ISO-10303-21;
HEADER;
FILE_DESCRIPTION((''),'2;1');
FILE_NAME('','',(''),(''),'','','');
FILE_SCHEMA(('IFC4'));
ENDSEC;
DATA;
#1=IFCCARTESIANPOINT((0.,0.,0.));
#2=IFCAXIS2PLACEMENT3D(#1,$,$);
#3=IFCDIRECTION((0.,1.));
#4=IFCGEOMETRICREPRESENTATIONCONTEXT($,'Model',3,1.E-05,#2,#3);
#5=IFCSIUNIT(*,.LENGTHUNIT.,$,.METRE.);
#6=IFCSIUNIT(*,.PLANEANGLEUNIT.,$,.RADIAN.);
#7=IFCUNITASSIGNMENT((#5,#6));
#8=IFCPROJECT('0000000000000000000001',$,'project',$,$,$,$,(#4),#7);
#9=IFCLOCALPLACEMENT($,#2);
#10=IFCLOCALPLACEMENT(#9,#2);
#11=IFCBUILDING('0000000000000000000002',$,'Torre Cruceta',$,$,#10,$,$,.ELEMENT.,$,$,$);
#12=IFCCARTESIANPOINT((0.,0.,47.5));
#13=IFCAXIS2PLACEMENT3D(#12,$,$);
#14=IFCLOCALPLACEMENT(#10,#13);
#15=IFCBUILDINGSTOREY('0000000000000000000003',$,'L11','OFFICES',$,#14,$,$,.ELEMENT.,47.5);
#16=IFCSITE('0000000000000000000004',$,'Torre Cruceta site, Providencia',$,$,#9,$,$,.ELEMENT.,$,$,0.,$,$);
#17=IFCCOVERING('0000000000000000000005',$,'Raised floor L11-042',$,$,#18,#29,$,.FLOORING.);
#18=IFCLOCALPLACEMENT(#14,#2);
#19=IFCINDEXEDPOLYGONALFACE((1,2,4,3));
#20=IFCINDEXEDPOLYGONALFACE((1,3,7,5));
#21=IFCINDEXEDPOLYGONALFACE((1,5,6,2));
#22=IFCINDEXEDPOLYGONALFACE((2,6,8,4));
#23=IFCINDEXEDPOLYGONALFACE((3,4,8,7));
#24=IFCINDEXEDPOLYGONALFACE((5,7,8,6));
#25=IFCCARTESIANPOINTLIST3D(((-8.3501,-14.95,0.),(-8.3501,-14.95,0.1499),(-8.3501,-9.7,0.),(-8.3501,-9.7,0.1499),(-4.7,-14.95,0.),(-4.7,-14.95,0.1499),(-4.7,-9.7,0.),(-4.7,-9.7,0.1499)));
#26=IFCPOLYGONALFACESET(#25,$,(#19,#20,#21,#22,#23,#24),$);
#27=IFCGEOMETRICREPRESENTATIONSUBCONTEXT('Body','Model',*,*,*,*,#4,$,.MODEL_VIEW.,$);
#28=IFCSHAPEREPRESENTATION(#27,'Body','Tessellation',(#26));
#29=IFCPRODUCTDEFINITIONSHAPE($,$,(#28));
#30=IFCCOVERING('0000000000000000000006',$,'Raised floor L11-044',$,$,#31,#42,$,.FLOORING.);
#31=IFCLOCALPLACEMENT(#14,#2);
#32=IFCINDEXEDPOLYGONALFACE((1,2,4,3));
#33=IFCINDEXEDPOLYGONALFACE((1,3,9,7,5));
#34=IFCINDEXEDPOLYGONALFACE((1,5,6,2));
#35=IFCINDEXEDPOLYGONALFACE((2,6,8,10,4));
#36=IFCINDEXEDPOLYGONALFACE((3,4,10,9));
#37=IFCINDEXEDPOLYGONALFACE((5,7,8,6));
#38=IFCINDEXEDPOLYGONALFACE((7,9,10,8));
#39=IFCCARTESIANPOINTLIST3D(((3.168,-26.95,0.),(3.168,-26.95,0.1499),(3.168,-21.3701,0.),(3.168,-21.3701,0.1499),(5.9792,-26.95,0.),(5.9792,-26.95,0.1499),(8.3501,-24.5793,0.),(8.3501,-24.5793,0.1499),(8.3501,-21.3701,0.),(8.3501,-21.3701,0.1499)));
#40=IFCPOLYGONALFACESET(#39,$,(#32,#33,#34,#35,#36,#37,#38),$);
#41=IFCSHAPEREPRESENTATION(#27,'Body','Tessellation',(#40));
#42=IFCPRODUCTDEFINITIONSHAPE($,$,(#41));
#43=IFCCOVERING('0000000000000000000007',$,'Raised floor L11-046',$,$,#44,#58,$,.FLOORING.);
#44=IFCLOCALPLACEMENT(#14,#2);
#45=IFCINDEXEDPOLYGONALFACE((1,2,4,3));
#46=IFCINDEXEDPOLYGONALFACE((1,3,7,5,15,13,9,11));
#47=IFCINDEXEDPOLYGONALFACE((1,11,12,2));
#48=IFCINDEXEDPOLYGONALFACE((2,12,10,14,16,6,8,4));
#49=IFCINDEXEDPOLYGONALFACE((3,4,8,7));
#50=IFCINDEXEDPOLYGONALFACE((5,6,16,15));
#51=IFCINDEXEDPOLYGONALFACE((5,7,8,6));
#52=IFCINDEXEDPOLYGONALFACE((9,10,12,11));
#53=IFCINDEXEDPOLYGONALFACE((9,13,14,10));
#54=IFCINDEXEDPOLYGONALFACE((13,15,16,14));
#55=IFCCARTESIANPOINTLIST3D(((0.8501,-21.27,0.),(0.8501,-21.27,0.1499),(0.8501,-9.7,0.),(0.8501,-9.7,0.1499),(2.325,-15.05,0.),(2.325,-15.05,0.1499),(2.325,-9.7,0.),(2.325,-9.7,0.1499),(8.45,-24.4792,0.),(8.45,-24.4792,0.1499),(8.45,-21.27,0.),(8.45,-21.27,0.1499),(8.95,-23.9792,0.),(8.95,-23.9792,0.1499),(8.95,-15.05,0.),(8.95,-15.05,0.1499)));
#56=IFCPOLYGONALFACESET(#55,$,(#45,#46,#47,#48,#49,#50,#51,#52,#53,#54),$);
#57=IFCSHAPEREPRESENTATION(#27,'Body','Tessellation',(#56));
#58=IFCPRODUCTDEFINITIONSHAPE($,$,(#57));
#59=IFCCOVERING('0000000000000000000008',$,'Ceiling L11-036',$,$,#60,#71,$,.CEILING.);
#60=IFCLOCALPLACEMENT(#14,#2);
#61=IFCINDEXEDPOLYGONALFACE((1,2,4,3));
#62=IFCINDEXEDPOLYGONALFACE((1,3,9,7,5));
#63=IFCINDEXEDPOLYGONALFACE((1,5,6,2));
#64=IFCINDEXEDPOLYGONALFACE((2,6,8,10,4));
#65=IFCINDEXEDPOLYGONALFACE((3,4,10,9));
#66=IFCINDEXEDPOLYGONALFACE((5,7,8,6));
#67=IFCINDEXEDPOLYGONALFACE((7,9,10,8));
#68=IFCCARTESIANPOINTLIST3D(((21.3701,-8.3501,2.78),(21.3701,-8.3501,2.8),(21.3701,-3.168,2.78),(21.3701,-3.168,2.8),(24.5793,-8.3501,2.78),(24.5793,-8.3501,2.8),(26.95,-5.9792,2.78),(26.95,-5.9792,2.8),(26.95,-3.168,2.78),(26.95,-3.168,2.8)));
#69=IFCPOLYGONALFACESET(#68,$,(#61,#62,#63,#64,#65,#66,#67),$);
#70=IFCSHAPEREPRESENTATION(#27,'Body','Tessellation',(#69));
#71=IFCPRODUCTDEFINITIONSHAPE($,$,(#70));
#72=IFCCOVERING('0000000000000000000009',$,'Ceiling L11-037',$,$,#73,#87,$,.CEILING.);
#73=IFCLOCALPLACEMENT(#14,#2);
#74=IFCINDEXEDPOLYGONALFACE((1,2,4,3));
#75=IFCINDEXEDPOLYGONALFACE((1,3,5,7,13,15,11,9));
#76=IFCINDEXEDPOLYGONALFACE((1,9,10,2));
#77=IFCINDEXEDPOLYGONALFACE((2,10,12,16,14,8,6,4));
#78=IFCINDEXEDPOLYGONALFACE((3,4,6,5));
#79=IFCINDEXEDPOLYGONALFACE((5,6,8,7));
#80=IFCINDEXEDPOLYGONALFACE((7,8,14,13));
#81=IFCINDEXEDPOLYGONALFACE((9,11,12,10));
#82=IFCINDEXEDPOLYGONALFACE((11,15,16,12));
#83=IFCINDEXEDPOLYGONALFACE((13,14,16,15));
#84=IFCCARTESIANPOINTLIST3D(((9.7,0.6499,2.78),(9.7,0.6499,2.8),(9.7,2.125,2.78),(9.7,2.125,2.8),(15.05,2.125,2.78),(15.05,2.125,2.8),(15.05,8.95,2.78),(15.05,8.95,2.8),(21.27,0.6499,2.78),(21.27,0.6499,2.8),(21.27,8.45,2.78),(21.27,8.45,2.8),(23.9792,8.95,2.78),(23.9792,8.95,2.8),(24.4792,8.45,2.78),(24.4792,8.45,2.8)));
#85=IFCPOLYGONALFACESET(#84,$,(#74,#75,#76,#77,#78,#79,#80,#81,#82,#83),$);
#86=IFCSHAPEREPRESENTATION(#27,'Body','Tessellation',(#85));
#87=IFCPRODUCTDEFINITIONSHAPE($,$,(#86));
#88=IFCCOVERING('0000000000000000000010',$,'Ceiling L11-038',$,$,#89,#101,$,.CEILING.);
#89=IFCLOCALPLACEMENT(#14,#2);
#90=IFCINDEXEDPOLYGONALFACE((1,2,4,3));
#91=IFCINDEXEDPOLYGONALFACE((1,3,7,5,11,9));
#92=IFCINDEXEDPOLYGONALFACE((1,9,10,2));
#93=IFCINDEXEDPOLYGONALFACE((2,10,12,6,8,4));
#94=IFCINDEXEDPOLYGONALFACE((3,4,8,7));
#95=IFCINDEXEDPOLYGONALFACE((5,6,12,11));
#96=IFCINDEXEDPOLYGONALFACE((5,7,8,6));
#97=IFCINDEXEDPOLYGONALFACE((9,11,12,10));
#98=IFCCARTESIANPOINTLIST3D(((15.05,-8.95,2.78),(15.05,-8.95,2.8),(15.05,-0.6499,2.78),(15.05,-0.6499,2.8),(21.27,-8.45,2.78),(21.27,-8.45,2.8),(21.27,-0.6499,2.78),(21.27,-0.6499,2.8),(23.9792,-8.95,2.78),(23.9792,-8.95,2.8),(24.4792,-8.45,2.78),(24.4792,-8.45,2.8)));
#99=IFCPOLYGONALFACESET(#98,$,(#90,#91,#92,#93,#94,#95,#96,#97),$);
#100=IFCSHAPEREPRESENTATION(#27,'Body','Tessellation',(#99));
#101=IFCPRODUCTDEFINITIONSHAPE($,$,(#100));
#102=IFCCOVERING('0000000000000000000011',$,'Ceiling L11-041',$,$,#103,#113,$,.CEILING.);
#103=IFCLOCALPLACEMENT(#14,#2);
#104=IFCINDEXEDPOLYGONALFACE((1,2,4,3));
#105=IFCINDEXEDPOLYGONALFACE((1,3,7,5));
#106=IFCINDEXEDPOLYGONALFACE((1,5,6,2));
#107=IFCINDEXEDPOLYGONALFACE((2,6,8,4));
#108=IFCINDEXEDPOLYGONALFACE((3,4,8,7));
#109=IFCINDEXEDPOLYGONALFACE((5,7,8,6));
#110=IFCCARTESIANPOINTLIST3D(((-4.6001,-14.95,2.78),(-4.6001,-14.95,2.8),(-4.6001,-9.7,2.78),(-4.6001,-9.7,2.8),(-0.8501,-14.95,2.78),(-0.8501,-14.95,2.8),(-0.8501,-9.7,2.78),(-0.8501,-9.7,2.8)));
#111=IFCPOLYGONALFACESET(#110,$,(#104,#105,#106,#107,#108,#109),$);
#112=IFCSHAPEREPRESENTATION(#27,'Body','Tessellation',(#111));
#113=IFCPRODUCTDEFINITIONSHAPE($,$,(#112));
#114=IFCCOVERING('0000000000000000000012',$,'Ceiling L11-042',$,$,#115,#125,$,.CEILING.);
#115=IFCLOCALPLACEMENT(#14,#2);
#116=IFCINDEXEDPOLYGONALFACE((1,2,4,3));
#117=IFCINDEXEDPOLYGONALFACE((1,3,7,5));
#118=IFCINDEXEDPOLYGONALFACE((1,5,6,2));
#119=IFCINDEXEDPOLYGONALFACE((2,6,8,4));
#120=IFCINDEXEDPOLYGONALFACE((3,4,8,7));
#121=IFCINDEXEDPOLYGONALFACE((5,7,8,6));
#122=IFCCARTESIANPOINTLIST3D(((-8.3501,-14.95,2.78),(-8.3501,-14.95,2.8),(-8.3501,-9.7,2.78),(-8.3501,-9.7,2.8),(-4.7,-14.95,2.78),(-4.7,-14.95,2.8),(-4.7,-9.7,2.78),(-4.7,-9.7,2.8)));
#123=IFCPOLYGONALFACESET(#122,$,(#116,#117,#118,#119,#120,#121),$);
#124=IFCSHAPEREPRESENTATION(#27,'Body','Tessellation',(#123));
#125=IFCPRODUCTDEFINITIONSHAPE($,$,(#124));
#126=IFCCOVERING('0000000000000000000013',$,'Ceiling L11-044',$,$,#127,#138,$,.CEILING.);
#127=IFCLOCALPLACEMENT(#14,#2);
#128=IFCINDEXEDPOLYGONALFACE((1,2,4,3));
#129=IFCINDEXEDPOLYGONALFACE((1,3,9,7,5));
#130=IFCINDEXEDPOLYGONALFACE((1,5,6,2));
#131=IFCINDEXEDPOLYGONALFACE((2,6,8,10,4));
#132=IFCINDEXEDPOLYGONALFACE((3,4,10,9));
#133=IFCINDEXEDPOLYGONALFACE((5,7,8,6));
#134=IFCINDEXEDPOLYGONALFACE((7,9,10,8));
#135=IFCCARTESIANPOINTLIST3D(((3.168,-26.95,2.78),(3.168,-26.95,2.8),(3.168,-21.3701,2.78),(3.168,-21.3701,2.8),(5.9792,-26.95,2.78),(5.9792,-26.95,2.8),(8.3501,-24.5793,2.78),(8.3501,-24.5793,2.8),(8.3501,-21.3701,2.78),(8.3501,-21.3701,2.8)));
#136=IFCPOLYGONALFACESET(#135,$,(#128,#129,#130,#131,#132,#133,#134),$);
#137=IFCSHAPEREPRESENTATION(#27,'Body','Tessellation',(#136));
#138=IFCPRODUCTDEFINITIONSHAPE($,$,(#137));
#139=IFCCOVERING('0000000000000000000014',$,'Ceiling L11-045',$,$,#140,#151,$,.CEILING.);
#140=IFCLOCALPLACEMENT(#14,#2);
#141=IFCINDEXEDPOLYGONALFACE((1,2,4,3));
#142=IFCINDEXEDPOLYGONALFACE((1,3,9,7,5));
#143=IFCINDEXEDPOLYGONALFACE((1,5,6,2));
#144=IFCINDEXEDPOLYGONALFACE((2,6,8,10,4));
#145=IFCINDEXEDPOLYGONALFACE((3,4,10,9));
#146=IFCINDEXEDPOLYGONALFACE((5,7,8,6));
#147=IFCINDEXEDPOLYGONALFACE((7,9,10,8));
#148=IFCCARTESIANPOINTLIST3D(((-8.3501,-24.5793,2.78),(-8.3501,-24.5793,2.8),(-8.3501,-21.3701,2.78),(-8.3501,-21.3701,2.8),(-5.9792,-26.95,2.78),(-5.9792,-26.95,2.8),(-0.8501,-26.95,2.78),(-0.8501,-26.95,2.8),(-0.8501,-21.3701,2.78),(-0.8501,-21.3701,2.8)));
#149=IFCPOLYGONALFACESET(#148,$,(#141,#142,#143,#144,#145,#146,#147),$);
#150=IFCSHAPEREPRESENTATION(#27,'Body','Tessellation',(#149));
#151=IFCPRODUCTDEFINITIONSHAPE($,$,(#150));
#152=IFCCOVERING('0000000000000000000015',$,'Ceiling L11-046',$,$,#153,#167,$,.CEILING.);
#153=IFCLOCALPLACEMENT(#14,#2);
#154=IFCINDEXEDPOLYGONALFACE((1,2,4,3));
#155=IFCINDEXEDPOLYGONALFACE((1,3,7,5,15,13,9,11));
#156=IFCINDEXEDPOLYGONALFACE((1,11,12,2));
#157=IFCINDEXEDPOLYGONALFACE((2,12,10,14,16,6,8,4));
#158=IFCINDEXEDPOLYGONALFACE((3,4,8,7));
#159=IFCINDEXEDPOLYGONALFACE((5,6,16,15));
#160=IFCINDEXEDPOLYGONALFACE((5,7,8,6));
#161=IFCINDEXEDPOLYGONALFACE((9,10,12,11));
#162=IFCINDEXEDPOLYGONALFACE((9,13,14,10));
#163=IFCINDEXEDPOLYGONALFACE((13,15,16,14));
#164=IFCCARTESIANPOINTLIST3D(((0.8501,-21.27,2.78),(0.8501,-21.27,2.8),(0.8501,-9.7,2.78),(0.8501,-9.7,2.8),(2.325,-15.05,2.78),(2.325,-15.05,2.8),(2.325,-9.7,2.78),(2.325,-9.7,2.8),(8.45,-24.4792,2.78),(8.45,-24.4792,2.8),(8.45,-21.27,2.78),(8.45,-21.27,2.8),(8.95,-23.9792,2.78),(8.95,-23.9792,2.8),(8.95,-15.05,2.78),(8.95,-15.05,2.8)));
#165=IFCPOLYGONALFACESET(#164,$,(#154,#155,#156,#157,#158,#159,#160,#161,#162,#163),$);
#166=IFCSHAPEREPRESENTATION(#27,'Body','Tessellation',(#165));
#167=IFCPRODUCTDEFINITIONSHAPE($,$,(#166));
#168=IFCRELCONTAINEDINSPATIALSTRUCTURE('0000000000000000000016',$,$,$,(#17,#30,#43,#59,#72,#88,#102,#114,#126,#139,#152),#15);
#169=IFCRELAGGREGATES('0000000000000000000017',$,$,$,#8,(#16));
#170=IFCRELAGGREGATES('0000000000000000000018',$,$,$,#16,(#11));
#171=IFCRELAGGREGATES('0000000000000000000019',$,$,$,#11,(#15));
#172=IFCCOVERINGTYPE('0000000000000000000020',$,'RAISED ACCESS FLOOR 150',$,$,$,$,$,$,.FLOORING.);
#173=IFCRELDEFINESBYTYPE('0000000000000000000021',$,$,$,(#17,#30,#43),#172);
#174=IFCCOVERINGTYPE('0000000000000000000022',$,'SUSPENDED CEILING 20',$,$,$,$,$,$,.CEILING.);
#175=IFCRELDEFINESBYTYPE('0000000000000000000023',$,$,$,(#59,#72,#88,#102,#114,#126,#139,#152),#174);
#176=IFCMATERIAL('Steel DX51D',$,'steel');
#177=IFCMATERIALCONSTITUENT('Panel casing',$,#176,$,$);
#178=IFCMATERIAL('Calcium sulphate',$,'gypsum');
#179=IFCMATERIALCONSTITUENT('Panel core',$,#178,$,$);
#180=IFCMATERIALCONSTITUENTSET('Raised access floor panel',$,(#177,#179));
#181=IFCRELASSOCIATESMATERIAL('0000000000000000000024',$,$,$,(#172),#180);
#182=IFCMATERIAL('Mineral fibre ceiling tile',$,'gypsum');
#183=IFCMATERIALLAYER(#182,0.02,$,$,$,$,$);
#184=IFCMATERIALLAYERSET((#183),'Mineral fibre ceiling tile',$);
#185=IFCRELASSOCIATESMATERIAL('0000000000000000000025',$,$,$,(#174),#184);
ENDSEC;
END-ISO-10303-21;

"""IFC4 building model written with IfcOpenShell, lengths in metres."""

from ifc_helpers import new_model, si_unit, direction, frame, origin, place, context, subcontext, project, spatial, polyline, outline, extrude, material, layer, layer_set, constituent, constituent_set, type_object, element, save


model = new_model("IFC4")

# Units and contexts
model_context = context("Model", 3, precision=1e-05, world=origin(), true_north=direction((0.0, 1.0)))
body_context = subcontext(model_context, "Body", "Model", "MODEL_VIEW")
ifc_project = project(units=[si_unit("LENGTHUNIT", "METRE"), si_unit("PLANEANGLEUNIT", "RADIAN")], contexts=[model_context])

# Site, building, storey
site_placement = place(None, origin())
site = spatial("IfcSite", under=ifc_project, at=site_placement, Name="Torre Cruceta site, Providencia", CompositionType="ELEMENT", RefElevation=0.0)
building_placement = place(site_placement, origin())
building = spatial("IfcBuilding", under=site, at=building_placement, Name="Torre Cruceta", CompositionType="ELEMENT")
storey_placement = place(building_placement, frame((0.0, 0.0, 47.5)))
storey = spatial("IfcBuildingStorey", under=building, at=storey_placement, Name="L11", Description="OFFICES", CompositionType="ELEMENT", Elevation=47.5)

# Coverings
ifc_material_1 = material(Name="Steel DX51D", Category="steel")
ifc_constituent_1 = constituent(ifc_material_1, Name="Panel casing")
ifc_material_2 = material(Name="Calcium sulphate", Category="gypsum")
ifc_constituent_2 = constituent(ifc_material_2, Name="Panel core")
ifc_constituent_set_1 = constituent_set(constituents=[ifc_constituent_1, ifc_constituent_2], Name="Raised access floor panel")
covering_type_1 = type_object("IfcCoveringType", Name="RAISED ACCESS FLOOR 150", PredefinedType="FLOORING", material=ifc_constituent_set_1)
covering_1_placement = place(storey_placement, origin())
element("IfcCovering", 1, at=covering_1_placement, inside=storey, type_object=covering_type_1, Name="Raised floor L11-042", PredefinedType="FLOORING", context=body_context, shape_type="SweptSolid", body=[
    extrude(outline(polyline([(-8.3501, -9.7), (-4.7, -9.7), (-4.7, -14.95), (-8.3501, -14.95), (-8.3501, -9.7)])), origin(), (0.0, 0.0, 1.0), 0.1499),
])
covering_2_placement = place(storey_placement, origin())
element("IfcCovering", 2, at=covering_2_placement, inside=storey, type_object=covering_type_1, Name="Raised floor L11-044", PredefinedType="FLOORING", context=body_context, shape_type="SweptSolid", body=[
    extrude(outline(polyline([(3.168, -26.95), (3.168, -21.3701), (8.3501, -21.3701), (8.3501, -24.5793), (5.9792, -26.95), (3.168, -26.95)])), origin(), (0.0, 0.0, 1.0), 0.1499),
])
covering_3_placement = place(storey_placement, origin())
element("IfcCovering", 3, at=covering_3_placement, inside=storey, type_object=covering_type_1, Name="Raised floor L11-046", PredefinedType="FLOORING", context=body_context, shape_type="SweptSolid", body=[
    extrude(outline(polyline([(2.325, -9.7), (2.325, -15.05), (8.95, -15.05), (8.95, -23.9792), (8.45, -24.4792), (8.45, -21.27), (0.8501, -21.27), (0.8501, -9.7), (2.325, -9.7)])), origin(), (0.0, 0.0, 1.0), 0.1499),
])
ifc_material_3 = material(Name="Mineral fibre ceiling tile", Category="gypsum")
ifc_layer_1 = layer(ifc_material_3, 0.02)
ifc_layer_set_1 = layer_set([ifc_layer_1], Name="Mineral fibre ceiling tile")
covering_type_2 = type_object("IfcCoveringType", Name="SUSPENDED CEILING 20", PredefinedType="CEILING", material=ifc_layer_set_1)
covering_4_placement = place(storey_placement, frame((0.0, 0.0, 2.78)))
element("IfcCovering", 4, at=covering_4_placement, inside=storey, type_object=covering_type_2, Name="Ceiling L11-036", PredefinedType="CEILING", context=body_context, shape_type="SweptSolid", body=[
    extrude(outline(polyline([(24.5793, -8.3501), (21.3701, -8.3501), (21.3701, -3.168), (26.95, -3.168), (26.95, -5.9792), (24.5793, -8.3501)])), origin(), (0.0, 0.0, 1.0), 0.02),
])
covering_5_placement = place(storey_placement, frame((0.0, 0.0, 2.78)))
element("IfcCovering", 5, at=covering_5_placement, inside=storey, type_object=covering_type_2, Name="Ceiling L11-037", PredefinedType="CEILING", context=body_context, shape_type="SweptSolid", body=[
    extrude(outline(polyline([(9.7, 2.125), (15.05, 2.125), (15.05, 8.95), (23.9792, 8.95), (24.4792, 8.45), (21.27, 8.45), (21.27, 0.6499), (9.7, 0.6499), (9.7, 2.125)])), origin(), (0.0, 0.0, 1.0), 0.02),
])
covering_6_placement = place(storey_placement, frame((0.0, 0.0, 2.78)))
element("IfcCovering", 6, at=covering_6_placement, inside=storey, type_object=covering_type_2, Name="Ceiling L11-038", PredefinedType="CEILING", context=body_context, shape_type="SweptSolid", body=[
    extrude(outline(polyline([(15.05, -8.95), (15.05, -0.6499), (21.27, -0.6499), (21.27, -8.45), (24.4792, -8.45), (23.9792, -8.95), (15.05, -8.95)])), origin(), (0.0, 0.0, 1.0), 0.02),
])
covering_7_placement = place(storey_placement, frame((0.0, 0.0, 2.78)))
element("IfcCovering", 7, at=covering_7_placement, inside=storey, type_object=covering_type_2, Name="Ceiling L11-041", PredefinedType="CEILING", context=body_context, shape_type="SweptSolid", body=[
    extrude(outline(polyline([(-4.6001, -9.7), (-0.8501, -9.7), (-0.8501, -14.95), (-4.6001, -14.95), (-4.6001, -9.7)])), origin(), (0.0, 0.0, 1.0), 0.02),
])
covering_8_placement = place(storey_placement, frame((0.0, 0.0, 2.78)))
element("IfcCovering", 8, at=covering_8_placement, inside=storey, type_object=covering_type_2, Name="Ceiling L11-042", PredefinedType="CEILING", context=body_context, shape_type="SweptSolid", body=[
    extrude(outline(polyline([(-8.3501, -9.7), (-4.7, -9.7), (-4.7, -14.95), (-8.3501, -14.95), (-8.3501, -9.7)])), origin(), (0.0, 0.0, 1.0), 0.02),
])
covering_9_placement = place(storey_placement, frame((0.0, 0.0, 2.78)))
element("IfcCovering", 9, at=covering_9_placement, inside=storey, type_object=covering_type_2, Name="Ceiling L11-044", PredefinedType="CEILING", context=body_context, shape_type="SweptSolid", body=[
    extrude(outline(polyline([(3.168, -26.95), (3.168, -21.3701), (8.3501, -21.3701), (8.3501, -24.5793), (5.9792, -26.95), (3.168, -26.95)])), origin(), (0.0, 0.0, 1.0), 0.02),
])
covering_10_placement = place(storey_placement, frame((0.0, 0.0, 2.78)))
element("IfcCovering", 10, at=covering_10_placement, inside=storey, type_object=covering_type_2, Name="Ceiling L11-045", PredefinedType="CEILING", context=body_context, shape_type="SweptSolid", body=[
    extrude(outline(polyline([(-8.3501, -24.5793), (-8.3501, -21.3701), (-0.8501, -21.3701), (-0.8501, -26.95), (-5.9792, -26.95), (-8.3501, -24.5793)])), origin(), (0.0, 0.0, 1.0), 0.02),
])
covering_11_placement = place(storey_placement, frame((0.0, 0.0, 2.78)))
element("IfcCovering", 11, at=covering_11_placement, inside=storey, type_object=covering_type_2, Name="Ceiling L11-046", PredefinedType="CEILING", context=body_context, shape_type="SweptSolid", body=[
    extrude(outline(polyline([(2.325, -9.7), (2.325, -15.05), (8.95, -15.05), (8.95, -23.9792), (8.45, -24.4792), (8.45, -21.27), (0.8501, -21.27), (0.8501, -9.7), (2.325, -9.7)])), origin(), (0.0, 0.0, 1.0), 0.02),
])

save(model, "model.ifc")
